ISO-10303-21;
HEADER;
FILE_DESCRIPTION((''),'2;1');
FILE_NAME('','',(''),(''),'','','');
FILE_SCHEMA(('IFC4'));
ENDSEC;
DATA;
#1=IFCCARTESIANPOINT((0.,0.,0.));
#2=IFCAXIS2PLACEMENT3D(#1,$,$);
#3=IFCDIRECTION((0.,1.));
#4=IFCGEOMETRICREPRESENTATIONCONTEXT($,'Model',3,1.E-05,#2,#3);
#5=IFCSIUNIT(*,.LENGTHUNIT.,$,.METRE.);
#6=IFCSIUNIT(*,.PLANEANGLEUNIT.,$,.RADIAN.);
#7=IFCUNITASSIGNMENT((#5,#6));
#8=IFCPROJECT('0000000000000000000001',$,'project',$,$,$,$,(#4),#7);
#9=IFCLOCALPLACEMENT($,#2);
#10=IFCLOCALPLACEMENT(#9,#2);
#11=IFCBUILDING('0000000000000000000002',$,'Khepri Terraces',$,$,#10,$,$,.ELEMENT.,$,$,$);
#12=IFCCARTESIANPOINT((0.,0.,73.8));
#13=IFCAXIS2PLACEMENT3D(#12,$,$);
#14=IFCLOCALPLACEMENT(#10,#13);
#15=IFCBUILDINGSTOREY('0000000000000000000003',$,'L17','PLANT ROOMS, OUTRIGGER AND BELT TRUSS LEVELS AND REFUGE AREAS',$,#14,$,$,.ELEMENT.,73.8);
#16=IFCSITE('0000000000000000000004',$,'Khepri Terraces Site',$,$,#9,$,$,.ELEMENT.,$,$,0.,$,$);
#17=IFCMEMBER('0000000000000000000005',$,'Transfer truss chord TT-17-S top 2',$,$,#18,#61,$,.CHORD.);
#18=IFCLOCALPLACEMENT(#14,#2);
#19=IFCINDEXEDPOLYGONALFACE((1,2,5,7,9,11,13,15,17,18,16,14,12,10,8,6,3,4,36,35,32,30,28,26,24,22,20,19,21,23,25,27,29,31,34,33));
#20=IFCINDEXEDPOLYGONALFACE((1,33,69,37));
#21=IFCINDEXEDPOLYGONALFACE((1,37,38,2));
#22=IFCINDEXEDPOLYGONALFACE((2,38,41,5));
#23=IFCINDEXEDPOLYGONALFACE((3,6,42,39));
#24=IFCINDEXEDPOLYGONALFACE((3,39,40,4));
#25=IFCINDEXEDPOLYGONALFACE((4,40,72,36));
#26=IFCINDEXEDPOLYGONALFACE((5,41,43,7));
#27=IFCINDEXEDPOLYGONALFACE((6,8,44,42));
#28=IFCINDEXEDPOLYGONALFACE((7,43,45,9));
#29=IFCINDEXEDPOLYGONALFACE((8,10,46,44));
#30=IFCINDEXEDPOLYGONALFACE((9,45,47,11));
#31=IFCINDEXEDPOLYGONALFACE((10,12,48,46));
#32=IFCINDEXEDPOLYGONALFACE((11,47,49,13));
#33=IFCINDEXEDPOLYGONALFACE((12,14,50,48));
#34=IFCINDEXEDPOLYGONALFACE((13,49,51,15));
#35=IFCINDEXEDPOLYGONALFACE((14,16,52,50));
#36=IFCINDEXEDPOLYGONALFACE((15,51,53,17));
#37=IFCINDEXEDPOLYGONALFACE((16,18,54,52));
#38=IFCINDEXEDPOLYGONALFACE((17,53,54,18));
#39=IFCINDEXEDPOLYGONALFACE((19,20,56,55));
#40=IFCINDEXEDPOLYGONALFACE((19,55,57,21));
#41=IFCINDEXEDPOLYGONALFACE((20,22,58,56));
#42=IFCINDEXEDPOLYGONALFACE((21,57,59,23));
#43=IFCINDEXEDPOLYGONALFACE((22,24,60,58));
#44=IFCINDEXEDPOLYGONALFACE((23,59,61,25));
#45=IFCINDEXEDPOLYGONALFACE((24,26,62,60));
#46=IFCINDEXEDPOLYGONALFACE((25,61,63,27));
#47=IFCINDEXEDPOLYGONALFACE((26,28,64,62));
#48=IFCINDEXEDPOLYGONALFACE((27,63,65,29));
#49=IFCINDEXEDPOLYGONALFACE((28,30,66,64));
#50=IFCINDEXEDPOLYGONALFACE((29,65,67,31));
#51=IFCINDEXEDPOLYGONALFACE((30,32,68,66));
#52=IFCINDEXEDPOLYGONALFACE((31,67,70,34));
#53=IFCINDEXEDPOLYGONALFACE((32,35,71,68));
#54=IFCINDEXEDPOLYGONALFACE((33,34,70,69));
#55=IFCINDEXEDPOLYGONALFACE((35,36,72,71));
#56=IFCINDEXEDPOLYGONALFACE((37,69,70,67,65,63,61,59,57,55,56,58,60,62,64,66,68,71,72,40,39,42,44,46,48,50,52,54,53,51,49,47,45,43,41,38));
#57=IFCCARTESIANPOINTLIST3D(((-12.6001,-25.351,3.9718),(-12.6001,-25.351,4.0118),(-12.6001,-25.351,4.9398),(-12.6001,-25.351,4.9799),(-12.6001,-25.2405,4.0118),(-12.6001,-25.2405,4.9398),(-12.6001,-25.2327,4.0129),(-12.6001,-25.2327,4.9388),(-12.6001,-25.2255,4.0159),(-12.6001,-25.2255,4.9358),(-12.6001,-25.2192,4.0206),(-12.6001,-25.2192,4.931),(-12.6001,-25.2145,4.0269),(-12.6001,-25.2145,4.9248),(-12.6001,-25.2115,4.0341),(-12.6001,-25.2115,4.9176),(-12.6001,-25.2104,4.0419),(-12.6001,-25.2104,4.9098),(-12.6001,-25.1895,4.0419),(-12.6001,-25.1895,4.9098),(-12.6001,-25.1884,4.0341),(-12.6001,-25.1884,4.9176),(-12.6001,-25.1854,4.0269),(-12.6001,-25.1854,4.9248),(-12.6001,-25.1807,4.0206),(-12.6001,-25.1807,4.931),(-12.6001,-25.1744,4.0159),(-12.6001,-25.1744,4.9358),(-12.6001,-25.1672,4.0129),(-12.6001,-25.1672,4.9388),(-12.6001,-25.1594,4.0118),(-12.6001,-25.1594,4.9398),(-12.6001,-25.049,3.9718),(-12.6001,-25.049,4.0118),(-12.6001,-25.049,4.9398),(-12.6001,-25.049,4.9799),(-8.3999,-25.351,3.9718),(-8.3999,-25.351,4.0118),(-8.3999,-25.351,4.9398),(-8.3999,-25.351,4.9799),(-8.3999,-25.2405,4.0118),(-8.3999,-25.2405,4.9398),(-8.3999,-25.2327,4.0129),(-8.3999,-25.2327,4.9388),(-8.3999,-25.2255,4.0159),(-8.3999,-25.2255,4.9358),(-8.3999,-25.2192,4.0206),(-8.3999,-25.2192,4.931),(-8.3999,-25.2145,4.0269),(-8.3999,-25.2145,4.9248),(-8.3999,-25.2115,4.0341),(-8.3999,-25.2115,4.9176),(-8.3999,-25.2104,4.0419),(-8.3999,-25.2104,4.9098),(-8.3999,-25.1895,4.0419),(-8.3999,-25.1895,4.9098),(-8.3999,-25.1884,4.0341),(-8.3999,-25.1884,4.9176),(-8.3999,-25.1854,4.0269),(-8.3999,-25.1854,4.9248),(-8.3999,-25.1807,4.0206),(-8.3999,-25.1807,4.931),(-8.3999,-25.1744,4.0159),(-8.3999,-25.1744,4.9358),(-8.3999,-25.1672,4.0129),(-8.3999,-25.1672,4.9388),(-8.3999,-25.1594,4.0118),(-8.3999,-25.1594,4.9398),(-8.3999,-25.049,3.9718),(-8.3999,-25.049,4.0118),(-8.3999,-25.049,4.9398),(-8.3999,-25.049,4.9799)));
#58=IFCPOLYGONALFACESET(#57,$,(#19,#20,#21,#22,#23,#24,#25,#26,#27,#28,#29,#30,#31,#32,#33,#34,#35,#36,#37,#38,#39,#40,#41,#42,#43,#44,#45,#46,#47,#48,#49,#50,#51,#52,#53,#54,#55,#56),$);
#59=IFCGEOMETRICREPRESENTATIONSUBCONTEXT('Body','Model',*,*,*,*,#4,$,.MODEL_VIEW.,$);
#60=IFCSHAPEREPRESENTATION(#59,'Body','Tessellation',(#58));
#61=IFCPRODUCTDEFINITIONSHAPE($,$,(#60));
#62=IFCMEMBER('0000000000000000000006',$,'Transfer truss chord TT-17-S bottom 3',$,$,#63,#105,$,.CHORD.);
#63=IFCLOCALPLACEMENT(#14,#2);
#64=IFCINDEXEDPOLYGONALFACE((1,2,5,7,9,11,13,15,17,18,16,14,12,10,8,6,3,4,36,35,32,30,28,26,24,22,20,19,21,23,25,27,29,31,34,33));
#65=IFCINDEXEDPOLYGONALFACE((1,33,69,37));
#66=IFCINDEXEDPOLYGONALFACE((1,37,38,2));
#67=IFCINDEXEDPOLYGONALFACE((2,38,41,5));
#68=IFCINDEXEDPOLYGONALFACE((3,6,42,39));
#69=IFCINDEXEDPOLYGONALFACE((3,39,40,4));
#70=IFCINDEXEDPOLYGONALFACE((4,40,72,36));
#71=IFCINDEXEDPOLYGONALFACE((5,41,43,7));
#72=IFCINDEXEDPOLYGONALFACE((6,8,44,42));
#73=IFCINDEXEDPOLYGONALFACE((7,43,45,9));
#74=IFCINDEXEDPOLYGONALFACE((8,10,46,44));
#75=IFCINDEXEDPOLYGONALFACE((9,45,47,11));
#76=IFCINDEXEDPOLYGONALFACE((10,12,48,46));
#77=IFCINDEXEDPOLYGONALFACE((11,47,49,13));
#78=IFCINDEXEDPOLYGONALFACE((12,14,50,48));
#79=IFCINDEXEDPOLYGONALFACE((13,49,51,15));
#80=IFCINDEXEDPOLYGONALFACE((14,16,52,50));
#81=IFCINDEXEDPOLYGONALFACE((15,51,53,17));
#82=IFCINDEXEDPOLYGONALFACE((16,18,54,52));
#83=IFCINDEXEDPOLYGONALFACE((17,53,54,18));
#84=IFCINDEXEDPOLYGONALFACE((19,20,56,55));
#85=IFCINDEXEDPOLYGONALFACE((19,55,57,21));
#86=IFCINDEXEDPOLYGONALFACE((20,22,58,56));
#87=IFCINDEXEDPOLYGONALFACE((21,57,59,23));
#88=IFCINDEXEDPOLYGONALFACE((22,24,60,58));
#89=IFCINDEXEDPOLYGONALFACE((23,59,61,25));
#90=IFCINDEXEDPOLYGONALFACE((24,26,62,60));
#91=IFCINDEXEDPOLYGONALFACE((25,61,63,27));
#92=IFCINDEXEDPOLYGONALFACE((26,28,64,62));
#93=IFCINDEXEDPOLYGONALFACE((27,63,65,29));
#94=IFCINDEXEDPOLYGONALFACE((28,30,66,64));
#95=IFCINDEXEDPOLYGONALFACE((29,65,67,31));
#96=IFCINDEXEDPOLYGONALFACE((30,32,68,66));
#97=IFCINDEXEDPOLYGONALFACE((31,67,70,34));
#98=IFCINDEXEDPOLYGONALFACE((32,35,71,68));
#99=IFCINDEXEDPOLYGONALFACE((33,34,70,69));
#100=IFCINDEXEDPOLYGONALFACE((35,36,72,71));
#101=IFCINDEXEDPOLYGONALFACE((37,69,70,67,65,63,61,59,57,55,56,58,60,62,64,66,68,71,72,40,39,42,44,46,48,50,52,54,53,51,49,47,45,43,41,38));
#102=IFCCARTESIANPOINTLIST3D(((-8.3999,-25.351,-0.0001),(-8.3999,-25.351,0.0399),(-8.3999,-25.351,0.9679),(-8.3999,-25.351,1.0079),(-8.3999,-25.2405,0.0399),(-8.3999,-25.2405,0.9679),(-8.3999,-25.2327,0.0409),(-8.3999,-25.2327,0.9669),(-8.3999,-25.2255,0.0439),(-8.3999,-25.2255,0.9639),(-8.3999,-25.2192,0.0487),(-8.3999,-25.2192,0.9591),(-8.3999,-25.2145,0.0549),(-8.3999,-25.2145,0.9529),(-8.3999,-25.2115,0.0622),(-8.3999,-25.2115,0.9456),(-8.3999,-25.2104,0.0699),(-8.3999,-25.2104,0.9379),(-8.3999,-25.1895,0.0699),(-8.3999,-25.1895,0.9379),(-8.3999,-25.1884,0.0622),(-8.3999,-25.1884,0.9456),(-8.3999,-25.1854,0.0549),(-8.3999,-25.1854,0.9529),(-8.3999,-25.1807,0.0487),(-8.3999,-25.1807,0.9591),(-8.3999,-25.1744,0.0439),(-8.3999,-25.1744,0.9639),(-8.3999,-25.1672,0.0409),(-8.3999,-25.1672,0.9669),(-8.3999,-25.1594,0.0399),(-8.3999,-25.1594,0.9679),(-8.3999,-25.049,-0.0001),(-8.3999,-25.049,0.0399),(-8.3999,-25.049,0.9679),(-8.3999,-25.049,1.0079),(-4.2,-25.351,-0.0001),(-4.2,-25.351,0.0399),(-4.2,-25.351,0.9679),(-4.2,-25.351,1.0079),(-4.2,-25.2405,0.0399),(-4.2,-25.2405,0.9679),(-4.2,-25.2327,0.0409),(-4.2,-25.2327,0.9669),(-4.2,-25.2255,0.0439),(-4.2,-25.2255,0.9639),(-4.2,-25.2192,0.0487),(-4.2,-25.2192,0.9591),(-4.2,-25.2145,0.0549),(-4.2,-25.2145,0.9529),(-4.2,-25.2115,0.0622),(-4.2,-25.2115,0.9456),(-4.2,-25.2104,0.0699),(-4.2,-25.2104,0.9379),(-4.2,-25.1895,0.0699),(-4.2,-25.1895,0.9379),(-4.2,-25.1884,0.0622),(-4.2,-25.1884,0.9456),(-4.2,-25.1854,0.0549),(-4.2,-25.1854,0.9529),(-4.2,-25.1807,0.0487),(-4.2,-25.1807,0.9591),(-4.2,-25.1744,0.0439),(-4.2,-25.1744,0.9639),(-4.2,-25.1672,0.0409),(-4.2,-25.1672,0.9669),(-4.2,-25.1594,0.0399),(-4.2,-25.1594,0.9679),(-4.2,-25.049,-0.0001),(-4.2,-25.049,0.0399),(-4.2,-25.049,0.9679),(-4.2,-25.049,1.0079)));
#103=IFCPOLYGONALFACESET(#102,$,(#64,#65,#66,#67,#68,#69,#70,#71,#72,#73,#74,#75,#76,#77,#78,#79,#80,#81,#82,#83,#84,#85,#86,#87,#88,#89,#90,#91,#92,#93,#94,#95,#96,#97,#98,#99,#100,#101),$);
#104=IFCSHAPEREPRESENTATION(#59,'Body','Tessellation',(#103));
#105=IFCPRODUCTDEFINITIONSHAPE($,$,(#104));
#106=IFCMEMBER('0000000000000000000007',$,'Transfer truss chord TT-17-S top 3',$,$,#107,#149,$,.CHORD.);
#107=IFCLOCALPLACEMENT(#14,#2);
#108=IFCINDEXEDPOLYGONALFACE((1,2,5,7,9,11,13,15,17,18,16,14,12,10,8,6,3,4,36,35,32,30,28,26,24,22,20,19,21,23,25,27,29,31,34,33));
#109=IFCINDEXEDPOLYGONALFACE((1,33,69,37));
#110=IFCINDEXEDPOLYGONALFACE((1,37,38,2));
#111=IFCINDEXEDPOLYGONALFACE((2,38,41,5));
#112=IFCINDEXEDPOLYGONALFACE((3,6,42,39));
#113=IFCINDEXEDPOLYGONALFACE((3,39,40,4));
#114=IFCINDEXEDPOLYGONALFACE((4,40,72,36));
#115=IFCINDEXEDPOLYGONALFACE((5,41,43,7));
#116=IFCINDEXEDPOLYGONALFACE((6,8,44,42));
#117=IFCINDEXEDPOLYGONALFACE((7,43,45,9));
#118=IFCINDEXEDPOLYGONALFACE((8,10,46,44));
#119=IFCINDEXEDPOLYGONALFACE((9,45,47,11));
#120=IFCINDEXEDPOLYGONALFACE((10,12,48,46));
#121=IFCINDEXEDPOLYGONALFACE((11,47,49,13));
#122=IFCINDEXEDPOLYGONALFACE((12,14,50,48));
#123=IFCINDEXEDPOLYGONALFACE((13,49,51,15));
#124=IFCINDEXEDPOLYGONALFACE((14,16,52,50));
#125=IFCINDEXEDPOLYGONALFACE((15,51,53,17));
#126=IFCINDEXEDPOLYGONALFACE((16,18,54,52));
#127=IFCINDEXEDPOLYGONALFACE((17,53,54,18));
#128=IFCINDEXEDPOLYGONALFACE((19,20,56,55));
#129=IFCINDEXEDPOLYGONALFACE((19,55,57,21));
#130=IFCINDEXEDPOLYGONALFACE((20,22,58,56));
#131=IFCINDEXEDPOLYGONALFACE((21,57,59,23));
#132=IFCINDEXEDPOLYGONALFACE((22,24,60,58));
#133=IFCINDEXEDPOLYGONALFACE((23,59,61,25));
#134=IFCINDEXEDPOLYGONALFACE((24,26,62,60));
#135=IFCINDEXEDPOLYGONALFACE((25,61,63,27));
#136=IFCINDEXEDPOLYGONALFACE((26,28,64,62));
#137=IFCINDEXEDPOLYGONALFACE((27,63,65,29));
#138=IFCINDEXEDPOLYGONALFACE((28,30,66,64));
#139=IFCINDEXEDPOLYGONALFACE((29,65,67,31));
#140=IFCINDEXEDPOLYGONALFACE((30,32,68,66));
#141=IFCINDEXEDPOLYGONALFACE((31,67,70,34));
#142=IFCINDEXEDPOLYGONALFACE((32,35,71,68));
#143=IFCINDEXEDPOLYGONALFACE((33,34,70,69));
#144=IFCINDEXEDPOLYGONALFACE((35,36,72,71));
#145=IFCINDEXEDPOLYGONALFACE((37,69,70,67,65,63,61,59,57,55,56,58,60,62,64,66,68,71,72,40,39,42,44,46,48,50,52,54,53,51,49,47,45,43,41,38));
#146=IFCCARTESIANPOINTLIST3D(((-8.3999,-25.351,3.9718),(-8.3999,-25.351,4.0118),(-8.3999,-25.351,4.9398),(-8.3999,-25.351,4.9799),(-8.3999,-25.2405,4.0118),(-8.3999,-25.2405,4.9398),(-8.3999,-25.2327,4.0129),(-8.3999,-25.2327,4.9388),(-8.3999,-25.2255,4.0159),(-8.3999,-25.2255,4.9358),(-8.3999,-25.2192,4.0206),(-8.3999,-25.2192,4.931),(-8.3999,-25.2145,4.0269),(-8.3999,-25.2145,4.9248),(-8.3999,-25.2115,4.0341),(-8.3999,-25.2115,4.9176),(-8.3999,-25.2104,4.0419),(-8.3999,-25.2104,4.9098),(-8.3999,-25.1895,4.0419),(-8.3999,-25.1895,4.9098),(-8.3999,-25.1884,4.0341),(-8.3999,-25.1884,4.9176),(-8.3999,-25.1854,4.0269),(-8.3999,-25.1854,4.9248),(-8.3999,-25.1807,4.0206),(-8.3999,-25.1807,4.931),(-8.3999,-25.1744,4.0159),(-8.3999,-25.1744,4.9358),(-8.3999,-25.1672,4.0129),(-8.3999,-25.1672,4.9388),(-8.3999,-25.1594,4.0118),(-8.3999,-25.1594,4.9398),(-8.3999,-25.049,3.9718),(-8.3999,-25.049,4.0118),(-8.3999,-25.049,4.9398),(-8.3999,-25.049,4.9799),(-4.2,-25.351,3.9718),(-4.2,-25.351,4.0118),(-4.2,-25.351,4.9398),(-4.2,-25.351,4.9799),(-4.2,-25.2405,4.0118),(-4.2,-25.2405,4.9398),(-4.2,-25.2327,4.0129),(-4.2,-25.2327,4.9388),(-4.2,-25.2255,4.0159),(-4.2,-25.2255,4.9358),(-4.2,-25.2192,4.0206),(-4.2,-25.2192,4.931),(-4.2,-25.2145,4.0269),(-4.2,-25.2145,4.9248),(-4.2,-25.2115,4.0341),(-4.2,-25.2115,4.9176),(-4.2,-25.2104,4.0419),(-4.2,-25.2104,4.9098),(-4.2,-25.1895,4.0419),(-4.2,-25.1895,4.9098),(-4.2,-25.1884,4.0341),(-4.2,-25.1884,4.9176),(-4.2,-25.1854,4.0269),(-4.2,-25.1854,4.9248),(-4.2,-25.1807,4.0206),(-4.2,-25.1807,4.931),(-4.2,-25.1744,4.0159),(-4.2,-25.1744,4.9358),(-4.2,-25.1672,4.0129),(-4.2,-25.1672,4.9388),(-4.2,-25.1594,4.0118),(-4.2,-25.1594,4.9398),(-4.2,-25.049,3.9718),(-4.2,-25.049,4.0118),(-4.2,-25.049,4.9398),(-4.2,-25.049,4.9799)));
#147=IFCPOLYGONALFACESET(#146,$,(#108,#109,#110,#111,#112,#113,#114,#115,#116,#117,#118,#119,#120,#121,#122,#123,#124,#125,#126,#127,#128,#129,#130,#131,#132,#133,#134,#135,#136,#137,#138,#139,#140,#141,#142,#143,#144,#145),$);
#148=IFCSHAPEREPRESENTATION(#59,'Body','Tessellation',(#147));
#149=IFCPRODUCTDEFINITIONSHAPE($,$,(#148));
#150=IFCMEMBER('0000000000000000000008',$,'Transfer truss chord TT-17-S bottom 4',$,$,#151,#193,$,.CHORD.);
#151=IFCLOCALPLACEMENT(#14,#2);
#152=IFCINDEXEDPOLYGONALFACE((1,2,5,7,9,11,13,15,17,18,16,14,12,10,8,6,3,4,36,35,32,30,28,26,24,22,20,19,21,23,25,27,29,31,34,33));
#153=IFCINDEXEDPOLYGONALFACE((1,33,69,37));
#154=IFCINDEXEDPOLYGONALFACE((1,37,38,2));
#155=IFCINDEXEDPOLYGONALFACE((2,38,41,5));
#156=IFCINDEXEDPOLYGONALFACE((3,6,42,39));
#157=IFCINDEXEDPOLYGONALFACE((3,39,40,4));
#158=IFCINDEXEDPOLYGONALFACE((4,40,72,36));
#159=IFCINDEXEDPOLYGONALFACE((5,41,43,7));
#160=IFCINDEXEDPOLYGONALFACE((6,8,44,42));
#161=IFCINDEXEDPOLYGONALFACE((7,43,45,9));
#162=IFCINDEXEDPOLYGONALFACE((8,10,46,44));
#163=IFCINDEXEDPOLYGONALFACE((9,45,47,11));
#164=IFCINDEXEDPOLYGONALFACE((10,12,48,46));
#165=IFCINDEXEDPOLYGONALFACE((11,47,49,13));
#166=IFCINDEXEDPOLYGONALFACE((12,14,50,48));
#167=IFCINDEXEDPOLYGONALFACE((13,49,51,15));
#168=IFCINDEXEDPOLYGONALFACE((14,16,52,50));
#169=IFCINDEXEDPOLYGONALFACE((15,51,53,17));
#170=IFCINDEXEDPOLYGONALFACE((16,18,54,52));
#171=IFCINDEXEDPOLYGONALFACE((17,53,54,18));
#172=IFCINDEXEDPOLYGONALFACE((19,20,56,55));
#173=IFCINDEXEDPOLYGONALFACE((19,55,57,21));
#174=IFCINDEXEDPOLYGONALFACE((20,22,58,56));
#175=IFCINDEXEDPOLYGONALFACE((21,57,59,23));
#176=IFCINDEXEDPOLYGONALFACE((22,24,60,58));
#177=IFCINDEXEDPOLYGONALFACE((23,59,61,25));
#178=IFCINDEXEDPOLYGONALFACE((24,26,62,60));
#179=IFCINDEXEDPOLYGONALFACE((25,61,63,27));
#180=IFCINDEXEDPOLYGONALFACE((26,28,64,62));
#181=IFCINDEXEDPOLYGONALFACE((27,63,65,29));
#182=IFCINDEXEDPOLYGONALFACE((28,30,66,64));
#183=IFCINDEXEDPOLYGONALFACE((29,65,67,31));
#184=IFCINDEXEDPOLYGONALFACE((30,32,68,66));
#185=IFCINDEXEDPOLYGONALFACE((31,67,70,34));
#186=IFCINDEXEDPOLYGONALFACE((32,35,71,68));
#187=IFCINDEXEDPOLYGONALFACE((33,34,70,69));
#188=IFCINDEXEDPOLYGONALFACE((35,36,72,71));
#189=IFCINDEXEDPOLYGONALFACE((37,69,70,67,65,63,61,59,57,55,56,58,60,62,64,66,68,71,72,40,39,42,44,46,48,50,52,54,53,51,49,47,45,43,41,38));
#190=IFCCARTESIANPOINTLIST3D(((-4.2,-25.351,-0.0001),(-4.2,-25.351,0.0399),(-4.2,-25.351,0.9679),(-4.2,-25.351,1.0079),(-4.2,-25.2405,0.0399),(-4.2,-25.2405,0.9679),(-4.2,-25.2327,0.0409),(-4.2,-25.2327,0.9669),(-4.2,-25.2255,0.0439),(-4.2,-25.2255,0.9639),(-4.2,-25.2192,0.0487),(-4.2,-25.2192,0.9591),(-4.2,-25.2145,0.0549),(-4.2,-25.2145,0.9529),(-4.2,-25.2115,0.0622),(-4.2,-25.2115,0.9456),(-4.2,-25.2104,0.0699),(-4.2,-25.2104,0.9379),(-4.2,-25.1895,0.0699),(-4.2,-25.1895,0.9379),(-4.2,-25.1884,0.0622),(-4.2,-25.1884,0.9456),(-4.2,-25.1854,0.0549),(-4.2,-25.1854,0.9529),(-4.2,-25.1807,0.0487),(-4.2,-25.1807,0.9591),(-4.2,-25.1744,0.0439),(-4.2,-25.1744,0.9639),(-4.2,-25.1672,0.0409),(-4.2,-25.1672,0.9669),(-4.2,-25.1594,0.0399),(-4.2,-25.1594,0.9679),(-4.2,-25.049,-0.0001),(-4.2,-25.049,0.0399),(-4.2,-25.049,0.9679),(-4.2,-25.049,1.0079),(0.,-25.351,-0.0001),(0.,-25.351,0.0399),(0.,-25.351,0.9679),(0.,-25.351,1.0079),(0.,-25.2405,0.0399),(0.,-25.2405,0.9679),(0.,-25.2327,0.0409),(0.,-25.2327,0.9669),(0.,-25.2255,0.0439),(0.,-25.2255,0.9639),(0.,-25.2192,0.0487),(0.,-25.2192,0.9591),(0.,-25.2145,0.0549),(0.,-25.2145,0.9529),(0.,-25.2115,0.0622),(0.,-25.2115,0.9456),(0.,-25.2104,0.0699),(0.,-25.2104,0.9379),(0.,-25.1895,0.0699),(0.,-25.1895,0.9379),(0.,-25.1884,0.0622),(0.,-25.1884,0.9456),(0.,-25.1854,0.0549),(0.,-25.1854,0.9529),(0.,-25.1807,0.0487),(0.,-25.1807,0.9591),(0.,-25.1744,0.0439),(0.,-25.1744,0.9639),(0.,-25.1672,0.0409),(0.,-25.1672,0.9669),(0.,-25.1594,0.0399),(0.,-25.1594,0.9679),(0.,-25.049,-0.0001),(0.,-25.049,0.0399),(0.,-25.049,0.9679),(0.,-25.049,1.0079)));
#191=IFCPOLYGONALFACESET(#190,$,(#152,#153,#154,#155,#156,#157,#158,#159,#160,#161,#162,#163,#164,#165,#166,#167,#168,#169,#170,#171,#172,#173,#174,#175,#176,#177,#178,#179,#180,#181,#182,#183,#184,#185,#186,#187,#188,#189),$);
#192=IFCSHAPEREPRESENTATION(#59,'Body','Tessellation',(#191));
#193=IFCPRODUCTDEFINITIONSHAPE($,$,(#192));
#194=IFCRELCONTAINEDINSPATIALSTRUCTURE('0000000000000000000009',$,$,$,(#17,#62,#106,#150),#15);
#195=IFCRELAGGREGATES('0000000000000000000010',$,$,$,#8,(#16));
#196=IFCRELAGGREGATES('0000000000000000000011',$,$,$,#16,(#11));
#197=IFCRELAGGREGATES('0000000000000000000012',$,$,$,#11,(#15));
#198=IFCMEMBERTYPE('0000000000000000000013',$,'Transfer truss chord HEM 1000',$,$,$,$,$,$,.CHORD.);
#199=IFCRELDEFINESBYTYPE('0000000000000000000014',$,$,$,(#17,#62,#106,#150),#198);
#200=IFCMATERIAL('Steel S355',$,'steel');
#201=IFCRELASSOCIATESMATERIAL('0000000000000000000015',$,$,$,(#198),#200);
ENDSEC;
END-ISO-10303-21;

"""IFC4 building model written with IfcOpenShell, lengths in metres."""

from ifc_helpers import new_model, si_unit, direction, frame, origin, origin_2d, place, context, subcontext, project, spatial, i_section, extrude, material, material_profile, profile_set, type_object, element, save


model = new_model("IFC4")

# Units and contexts
model_context = context("Model", 3, precision=1e-05, world=origin(), true_north=direction((0.0, 1.0)))
body_context = subcontext(model_context, "Body", "Model", "MODEL_VIEW")
ifc_project = project(units=[si_unit("LENGTHUNIT", "METRE"), si_unit("PLANEANGLEUNIT", "RADIAN")], contexts=[model_context])

# Site, building, storey
site_placement = place(None, origin())
site = spatial("IfcSite", under=ifc_project, at=site_placement, Name="Khepri Terraces Site", CompositionType="ELEMENT", RefElevation=0.0)
building_placement = place(site_placement, origin())
building = spatial("IfcBuilding", under=site, at=building_placement, Name="Khepri Terraces", CompositionType="ELEMENT")
storey_placement = place(building_placement, frame((0.0, 0.0, 73.8)))
storey = spatial("IfcBuildingStorey", under=building, at=storey_placement, Name="L17", Description="PLANT ROOMS, OUTRIGGER AND BELT TRUSS LEVELS AND REFUGE AREAS", CompositionType="ELEMENT", Elevation=73.8)

# Members
ifc_material_1 = material(Name="Steel S355", Category="steel")
ifc_material_profile_1 = material_profile(ifc_material_1, i_section(OverallWidth=0.302, OverallDepth=1.0081, WebThickness=0.021, FlangeThickness=0.04, FilletRadius=0.03, at=origin_2d()), Name="Steel S355", Category="steel")
ifc_profile_set_1 = profile_set([ifc_material_profile_1], Name="Steel S355")
member_type_1 = type_object("IfcMemberType", Name="Transfer truss chord HEM 1000", PredefinedType="CHORD", material=ifc_profile_set_1)
for number, where, z_axis, x_axis, name in (
    (1, (-12.6001, -25.2, 4.4758), (1.0, 0.0, 0.0), (0.0, 1.0, 0.0), "Transfer truss chord TT-17-S top 2"),
):
    element("IfcMember", number, at=place(storey_placement, frame(where, z_axis=z_axis, x_axis=x_axis)), inside=storey, type_object=member_type_1, Name=name, PredefinedType="CHORD", context=body_context, shape_type="SweptSolid", body=[
        extrude(i_section(OverallWidth=0.302, OverallDepth=1.0081, WebThickness=0.021, FlangeThickness=0.04, FilletRadius=0.03, at=origin_2d()), origin(), (0.0, 0.0, 1.0), 4.2002),
    ])
for number, where, z_axis, x_axis, name in (
    (2, (-8.3999, -25.2, 0.5039), (1.0, 0.0, 0.0), (0.0, 1.0, 0.0), "Transfer truss chord TT-17-S bottom 3"),
    (3, (-8.3999, -25.2, 4.4758), (1.0, 0.0, 0.0), (0.0, 1.0, 0.0), "Transfer truss chord TT-17-S top 3"),
    (4, (-4.2, -25.2, 0.5039), (1.0, 0.0, 0.0), (0.0, 1.0, 0.0), "Transfer truss chord TT-17-S bottom 4"),
):
    element("IfcMember", number, at=place(storey_placement, frame(where, z_axis=z_axis, x_axis=x_axis)), inside=storey, type_object=member_type_1, Name=name, PredefinedType="CHORD", context=body_context, shape_type="SweptSolid", body=[
        extrude(i_section(OverallWidth=0.302, OverallDepth=1.0081, WebThickness=0.021, FlangeThickness=0.04, FilletRadius=0.03, at=origin_2d()), origin(), (0.0, 0.0, 1.0), 4.2),
    ])

save(model, "model.ifc")
